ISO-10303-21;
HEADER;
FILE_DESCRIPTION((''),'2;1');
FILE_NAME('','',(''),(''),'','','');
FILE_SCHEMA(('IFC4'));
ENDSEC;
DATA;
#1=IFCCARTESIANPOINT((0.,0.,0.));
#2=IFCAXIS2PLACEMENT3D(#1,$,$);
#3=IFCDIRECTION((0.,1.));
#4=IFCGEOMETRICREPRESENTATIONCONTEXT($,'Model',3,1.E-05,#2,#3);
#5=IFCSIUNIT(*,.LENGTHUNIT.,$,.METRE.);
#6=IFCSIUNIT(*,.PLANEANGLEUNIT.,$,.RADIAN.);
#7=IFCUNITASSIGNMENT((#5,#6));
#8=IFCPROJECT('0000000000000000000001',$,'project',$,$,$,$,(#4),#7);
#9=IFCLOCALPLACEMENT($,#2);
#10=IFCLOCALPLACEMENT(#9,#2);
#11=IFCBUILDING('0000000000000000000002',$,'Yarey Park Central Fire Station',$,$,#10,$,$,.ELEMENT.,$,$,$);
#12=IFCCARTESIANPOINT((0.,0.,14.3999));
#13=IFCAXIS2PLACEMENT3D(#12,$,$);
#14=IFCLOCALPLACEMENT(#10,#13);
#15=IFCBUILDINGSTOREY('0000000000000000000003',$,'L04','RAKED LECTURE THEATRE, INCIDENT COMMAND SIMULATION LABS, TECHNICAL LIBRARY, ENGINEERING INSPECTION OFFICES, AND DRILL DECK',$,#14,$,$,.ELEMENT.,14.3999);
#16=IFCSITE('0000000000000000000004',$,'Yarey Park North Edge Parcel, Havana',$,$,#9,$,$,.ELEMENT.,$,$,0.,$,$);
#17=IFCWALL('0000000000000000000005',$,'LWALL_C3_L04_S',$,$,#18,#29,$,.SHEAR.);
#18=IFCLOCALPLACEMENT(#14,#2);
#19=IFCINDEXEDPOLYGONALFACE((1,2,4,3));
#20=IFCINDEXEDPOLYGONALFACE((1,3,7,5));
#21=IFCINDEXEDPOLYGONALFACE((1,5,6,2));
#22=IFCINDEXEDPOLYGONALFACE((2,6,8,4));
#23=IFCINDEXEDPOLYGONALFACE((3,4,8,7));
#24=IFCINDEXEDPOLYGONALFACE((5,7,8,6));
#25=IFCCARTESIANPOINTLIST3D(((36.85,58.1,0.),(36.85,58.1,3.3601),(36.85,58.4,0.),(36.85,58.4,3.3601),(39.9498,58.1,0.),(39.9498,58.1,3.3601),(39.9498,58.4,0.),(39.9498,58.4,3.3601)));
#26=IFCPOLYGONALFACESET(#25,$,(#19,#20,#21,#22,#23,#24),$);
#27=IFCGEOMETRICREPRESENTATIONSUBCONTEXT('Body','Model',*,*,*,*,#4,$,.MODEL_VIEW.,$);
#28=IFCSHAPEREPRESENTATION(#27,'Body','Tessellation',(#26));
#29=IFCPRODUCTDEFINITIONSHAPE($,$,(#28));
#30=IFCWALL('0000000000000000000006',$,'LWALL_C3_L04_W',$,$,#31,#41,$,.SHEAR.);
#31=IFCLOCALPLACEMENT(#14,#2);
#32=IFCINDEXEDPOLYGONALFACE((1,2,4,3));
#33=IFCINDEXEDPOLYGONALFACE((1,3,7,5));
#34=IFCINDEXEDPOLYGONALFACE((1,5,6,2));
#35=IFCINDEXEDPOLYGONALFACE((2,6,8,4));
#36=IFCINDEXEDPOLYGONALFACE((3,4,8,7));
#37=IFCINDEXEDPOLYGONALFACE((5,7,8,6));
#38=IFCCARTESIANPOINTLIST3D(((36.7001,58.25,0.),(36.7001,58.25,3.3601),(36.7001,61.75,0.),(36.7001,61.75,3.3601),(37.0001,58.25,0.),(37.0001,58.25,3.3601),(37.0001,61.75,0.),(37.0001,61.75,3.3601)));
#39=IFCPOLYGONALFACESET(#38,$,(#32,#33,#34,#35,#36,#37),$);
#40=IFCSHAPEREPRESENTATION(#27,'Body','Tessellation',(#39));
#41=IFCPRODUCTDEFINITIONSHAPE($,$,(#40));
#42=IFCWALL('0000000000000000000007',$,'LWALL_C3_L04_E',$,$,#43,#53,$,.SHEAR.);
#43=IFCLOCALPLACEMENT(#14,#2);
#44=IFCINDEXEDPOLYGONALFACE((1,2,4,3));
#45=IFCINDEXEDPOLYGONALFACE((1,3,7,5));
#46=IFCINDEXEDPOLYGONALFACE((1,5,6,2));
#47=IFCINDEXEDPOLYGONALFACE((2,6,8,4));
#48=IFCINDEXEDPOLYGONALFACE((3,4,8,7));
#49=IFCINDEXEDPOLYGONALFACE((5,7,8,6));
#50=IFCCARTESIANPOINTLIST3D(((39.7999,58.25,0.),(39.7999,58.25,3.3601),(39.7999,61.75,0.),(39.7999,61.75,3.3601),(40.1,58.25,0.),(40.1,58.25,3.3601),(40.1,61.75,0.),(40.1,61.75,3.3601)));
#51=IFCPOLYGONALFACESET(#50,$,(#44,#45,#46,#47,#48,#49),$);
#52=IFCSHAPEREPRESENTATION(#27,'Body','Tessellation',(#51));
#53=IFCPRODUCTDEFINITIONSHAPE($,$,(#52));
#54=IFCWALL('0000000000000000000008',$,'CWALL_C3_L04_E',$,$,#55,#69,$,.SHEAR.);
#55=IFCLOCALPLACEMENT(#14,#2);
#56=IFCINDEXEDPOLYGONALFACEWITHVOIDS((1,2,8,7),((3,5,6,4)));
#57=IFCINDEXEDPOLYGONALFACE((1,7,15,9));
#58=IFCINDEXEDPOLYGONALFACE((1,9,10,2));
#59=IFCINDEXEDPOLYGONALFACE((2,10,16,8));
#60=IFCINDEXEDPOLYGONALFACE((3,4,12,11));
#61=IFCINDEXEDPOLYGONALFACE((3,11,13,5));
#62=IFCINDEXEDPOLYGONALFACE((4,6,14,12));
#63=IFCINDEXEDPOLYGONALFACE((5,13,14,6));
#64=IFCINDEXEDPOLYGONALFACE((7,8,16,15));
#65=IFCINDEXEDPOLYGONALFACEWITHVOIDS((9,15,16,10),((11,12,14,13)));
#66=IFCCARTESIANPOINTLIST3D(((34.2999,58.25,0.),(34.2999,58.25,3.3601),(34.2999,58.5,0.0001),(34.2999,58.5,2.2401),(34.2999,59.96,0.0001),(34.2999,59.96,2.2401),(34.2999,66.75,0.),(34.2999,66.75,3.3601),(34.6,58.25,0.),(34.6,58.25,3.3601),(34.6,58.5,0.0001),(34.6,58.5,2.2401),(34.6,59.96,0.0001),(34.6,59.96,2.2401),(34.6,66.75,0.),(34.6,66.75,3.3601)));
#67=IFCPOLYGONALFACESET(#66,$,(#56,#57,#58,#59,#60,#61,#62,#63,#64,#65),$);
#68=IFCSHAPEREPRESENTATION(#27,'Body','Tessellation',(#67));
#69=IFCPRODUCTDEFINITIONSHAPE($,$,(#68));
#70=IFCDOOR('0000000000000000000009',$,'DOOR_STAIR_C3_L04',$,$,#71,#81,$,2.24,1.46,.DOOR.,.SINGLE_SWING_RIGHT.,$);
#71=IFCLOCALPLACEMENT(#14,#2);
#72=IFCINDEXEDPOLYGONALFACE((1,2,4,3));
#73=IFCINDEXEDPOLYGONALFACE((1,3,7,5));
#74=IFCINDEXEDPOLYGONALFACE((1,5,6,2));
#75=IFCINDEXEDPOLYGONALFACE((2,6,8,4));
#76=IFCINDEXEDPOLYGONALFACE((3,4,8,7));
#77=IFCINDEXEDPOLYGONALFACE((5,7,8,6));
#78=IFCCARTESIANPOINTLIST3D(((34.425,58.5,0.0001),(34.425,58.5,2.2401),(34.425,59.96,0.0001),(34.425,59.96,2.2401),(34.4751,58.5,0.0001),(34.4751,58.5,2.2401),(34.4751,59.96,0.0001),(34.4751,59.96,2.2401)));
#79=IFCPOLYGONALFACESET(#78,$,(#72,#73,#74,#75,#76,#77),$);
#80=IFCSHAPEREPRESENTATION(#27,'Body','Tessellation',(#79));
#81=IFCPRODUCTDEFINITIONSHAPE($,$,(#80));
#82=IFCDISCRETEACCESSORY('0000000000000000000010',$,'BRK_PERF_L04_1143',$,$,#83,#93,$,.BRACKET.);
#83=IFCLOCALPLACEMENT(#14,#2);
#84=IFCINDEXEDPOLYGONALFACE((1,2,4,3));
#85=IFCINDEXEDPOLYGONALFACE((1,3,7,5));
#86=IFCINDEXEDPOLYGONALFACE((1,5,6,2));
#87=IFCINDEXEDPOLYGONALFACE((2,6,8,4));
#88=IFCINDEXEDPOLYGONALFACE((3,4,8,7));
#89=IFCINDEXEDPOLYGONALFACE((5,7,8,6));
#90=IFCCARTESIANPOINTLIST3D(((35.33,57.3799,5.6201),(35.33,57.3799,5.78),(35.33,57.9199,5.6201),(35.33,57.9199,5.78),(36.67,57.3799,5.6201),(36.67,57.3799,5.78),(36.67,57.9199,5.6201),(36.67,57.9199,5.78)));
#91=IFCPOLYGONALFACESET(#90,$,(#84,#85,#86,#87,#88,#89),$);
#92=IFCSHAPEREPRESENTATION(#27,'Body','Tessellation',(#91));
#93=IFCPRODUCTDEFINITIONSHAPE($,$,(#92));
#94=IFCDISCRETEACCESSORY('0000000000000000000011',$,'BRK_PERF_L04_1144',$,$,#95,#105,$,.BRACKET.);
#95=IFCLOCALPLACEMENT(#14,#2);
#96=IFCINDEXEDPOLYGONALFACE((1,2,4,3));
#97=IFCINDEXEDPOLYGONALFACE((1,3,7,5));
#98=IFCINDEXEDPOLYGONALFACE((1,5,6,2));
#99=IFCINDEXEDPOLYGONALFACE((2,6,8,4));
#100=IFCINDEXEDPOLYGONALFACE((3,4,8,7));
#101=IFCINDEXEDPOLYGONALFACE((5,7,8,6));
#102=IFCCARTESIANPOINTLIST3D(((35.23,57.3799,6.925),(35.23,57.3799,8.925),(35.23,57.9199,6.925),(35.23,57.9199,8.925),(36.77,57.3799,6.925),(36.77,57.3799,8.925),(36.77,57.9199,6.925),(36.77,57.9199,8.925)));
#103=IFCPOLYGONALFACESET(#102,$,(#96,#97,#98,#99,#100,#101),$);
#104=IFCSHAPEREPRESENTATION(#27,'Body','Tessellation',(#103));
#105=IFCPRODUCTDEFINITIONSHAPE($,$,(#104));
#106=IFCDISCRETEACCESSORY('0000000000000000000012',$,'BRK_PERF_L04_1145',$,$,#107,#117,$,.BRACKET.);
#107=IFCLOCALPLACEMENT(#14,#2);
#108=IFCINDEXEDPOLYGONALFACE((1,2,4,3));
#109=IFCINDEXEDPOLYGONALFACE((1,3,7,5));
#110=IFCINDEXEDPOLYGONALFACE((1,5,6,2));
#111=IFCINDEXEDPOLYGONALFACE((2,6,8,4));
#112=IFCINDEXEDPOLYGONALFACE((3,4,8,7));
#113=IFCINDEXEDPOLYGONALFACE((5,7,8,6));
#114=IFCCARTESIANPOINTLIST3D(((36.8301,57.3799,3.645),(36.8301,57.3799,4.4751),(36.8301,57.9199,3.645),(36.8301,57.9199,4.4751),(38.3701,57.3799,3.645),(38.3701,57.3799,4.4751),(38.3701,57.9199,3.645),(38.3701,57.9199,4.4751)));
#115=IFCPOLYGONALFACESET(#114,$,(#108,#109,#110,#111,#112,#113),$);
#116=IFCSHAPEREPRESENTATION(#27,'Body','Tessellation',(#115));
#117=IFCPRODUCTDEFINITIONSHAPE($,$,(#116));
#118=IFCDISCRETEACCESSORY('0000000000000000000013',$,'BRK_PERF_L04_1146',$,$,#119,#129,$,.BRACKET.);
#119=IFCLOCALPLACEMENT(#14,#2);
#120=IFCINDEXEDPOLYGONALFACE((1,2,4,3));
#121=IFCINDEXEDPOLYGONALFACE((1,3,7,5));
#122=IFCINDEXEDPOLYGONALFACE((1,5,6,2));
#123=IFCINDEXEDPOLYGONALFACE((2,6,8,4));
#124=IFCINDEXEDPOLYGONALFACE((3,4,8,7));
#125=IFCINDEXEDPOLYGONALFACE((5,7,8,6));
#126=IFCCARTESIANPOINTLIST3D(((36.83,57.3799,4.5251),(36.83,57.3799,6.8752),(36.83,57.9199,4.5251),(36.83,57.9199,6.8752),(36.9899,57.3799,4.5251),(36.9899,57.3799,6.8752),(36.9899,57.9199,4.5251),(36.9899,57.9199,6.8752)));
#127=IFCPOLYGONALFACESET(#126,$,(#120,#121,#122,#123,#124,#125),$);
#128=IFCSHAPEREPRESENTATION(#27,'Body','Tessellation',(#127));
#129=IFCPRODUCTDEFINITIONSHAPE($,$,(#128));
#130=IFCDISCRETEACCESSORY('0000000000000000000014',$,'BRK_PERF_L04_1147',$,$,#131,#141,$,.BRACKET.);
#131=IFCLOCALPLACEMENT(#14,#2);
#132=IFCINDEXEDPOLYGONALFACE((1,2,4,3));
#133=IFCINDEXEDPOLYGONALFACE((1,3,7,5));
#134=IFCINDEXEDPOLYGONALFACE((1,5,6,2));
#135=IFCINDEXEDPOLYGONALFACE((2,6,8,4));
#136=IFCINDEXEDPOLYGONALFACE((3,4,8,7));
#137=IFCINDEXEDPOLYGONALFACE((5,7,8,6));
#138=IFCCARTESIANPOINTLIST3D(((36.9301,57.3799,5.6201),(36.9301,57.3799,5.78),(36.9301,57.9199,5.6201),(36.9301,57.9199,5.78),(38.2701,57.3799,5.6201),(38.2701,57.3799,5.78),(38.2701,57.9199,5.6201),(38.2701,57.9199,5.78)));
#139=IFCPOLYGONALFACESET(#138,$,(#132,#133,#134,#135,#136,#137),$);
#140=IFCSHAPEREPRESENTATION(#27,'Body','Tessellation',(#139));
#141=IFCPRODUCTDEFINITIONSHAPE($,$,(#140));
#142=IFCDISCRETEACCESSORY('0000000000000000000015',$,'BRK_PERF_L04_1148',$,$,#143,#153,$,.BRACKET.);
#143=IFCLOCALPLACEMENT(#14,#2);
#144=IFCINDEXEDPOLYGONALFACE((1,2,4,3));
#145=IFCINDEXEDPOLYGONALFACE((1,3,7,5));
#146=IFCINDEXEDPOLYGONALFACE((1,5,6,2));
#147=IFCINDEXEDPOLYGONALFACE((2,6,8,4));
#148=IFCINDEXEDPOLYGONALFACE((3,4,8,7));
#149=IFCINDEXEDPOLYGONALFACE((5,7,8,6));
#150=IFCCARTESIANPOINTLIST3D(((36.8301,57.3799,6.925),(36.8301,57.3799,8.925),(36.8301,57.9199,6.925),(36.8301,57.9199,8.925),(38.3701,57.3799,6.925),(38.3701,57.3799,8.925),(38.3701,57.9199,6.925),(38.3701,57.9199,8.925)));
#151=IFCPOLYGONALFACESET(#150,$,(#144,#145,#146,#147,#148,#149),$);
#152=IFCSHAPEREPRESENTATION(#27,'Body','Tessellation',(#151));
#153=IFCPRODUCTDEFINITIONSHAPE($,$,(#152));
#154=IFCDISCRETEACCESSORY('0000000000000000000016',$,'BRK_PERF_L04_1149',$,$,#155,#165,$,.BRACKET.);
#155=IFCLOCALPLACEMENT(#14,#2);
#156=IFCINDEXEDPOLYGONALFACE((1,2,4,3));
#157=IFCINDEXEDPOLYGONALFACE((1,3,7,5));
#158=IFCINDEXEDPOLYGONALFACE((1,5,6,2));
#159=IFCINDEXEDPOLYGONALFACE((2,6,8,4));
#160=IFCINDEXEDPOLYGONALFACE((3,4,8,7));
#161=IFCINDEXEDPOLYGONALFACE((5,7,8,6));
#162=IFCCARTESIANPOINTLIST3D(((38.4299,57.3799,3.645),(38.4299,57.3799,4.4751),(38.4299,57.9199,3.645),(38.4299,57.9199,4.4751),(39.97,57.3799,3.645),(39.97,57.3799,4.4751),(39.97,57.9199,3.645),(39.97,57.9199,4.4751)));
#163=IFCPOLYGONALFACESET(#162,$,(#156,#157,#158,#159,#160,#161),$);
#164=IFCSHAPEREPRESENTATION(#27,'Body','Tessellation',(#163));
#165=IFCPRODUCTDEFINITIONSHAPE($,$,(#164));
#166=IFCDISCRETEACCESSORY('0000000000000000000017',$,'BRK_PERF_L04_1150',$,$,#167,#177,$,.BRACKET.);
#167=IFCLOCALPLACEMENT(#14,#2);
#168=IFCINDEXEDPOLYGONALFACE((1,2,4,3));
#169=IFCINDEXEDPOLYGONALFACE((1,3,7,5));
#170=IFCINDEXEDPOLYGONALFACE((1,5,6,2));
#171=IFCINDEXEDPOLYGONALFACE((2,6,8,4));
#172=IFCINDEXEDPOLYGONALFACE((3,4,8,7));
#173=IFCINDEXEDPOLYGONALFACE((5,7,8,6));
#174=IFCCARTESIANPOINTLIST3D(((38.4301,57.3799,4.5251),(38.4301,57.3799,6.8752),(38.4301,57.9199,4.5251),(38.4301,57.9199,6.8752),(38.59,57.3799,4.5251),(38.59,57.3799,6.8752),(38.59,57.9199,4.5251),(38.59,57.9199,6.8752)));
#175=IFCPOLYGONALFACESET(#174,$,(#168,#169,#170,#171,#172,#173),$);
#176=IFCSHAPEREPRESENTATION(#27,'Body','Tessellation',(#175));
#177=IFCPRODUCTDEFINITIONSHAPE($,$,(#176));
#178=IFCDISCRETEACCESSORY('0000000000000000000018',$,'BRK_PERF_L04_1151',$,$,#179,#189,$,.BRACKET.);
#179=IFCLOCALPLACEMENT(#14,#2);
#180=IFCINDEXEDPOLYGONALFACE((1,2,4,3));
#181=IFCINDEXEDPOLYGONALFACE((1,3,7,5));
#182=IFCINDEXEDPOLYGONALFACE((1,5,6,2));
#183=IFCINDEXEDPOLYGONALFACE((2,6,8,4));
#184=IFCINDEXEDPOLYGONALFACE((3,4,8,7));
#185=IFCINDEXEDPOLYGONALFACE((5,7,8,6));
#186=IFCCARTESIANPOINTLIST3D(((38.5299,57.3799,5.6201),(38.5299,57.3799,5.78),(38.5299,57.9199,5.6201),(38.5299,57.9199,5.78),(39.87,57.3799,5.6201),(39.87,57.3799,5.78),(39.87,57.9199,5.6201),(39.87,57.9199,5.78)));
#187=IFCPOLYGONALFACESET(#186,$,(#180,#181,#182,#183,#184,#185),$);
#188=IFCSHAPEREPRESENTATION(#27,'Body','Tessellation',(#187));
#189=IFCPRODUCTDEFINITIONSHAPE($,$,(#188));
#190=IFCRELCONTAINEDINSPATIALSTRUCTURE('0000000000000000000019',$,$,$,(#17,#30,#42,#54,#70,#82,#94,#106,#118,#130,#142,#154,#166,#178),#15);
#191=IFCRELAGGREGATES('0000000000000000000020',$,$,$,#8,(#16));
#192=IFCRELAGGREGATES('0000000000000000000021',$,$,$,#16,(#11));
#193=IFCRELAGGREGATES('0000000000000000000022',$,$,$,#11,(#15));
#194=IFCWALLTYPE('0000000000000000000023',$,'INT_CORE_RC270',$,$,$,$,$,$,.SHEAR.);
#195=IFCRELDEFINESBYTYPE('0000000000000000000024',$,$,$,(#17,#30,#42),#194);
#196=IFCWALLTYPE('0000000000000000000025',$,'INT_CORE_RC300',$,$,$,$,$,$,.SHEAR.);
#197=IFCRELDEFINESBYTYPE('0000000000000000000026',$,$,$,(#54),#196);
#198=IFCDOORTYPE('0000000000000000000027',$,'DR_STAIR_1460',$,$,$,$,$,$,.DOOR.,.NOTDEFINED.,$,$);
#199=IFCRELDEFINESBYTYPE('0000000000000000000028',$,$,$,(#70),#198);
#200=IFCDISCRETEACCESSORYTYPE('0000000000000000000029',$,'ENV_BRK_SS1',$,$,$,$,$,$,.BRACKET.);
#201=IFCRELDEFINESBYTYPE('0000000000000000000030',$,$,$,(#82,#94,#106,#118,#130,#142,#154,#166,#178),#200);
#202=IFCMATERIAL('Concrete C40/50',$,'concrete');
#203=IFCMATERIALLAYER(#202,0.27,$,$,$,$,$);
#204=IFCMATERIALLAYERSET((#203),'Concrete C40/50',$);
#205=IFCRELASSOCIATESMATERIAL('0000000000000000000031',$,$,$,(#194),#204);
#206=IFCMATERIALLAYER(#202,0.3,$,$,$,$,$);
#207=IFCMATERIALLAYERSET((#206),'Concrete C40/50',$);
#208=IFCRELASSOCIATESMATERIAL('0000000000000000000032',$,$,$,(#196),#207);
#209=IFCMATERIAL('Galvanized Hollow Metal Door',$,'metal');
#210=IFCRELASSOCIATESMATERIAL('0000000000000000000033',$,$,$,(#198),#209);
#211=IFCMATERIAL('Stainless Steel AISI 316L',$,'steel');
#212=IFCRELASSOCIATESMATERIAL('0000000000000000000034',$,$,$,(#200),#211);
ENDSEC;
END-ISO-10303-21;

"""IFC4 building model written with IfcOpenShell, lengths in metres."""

from ifc_helpers import new_model, si_unit, direction, frame, frame_2d, origin, origin_2d, place, context, subcontext, project, spatial, rectangle, extrude, material, layer, layer_set, type_object, element, fill, save


model = new_model("IFC4")

# Units and contexts
model_context = context("Model", 3, precision=1e-05, world=origin(), true_north=direction((0.0, 1.0)))
body_context = subcontext(model_context, "Body", "Model", "MODEL_VIEW")
ifc_project = project(units=[si_unit("LENGTHUNIT", "METRE"), si_unit("PLANEANGLEUNIT", "RADIAN")], contexts=[model_context])

# Site, building, storey
site_placement = place(None, origin())
site = spatial("IfcSite", under=ifc_project, at=site_placement, Name="Yarey Park North Edge Parcel, Havana", CompositionType="ELEMENT", RefElevation=0.0)
building_placement = place(site_placement, origin())
building = spatial("IfcBuilding", under=site, at=building_placement, Name="Yarey Park Central Fire Station", CompositionType="ELEMENT")
storey_placement = place(building_placement, frame((0.0, 0.0, 14.3999)))
storey = spatial("IfcBuildingStorey", under=building, at=storey_placement, Name="L04", Description="RAKED LECTURE THEATRE, INCIDENT COMMAND SIMULATION LABS, TECHNICAL LIBRARY, ENGINEERING INSPECTION OFFICES, AND DRILL DECK", CompositionType="ELEMENT", Elevation=14.3999)

# Walls
ifc_material_1 = material(Name="Concrete C40/50", Category="concrete")
ifc_layer_1 = layer(ifc_material_1, 0.27)
ifc_layer_set_1 = layer_set([ifc_layer_1], Name="Concrete C40/50")
wall_type_1 = type_object("IfcWallType", Name="INT_CORE_RC270", PredefinedType="SHEAR", material=ifc_layer_set_1)
wall_1_placement = place(storey_placement, frame((36.8501, 58.25, 0.0), z_axis=(0.0, 0.0, 1.0), x_axis=(1.0, 0.0, 0.0)))
element("IfcWall", 1, at=wall_1_placement, inside=storey, type_object=wall_type_1, Name="LWALL_C3_L04_S", PredefinedType="SHEAR", context=body_context, shape_type="SweptSolid", body=[
    extrude(rectangle(XDim=3.0999, YDim=0.3, at=frame_2d((1.5498, 0.0))), origin(), (0.0, 0.0, 1.0), 3.3601),
])
for number, where, z_axis, x_axis, name in (
    (2, (36.8501, 61.75, 0.0), (0.0, 0.0, 1.0), (0.0, -1.0, 0.0), "LWALL_C3_L04_W"),
    (3, (39.95, 58.25, 0.0), (0.0, 0.0, 1.0), (0.0, 1.0, 0.0), "LWALL_C3_L04_E"),
):
    element("IfcWall", number, at=place(storey_placement, frame(where, z_axis=z_axis, x_axis=x_axis)), inside=storey, type_object=wall_type_1, Name=name, PredefinedType="SHEAR", context=body_context, shape_type="SweptSolid", body=[
        extrude(rectangle(XDim=3.5, YDim=0.3, at=frame_2d((1.75, 0.0))), origin(), (0.0, 0.0, 1.0), 3.3601),
    ])

# Wall, opening, door
ifc_layer_2 = layer(ifc_material_1, 0.3)
ifc_layer_set_2 = layer_set([ifc_layer_2], Name="Concrete C40/50")
wall_type_2 = type_object("IfcWallType", Name="INT_CORE_RC300", PredefinedType="SHEAR", material=ifc_layer_set_2)
wall_2_placement = place(storey_placement, frame((34.45, 58.25, 0.0), z_axis=(0.0, 0.0, 1.0), x_axis=(0.0, 1.0, 0.0)))
wall_2 = element("IfcWall", 4, at=wall_2_placement, inside=storey, type_object=wall_type_2, Name="CWALL_C3_L04_E", PredefinedType="SHEAR", context=body_context, shape_type="SweptSolid", body=[
    extrude(rectangle(XDim=8.5, YDim=0.3, at=frame_2d((4.25, 0.0))), origin(), (0.0, 0.0, 1.0), 3.3601),
])
opening_placement = place(wall_2_placement, frame((0.25, 0.0, 0.0)))
opening = element("IfcOpeningElement", 5, at=opening_placement, cuts=wall_2, PredefinedType="OPENING", context=body_context, shape_type="SweptSolid", body=[
    extrude(rectangle(XDim=1.46, YDim=2.24, at=frame_2d((0.73, 1.1201))), frame((0.0, 0.1599, 0.0), z_axis=(0.0, -1.0, 0.0), x_axis=(1.0, 0.0, 0.0)), (0.0, 0.0, 1.0), 0.3201),
])
ifc_material_2 = material(Name="Galvanized Hollow Metal Door", Category="metal")
door_type = type_object("IfcDoorType", Name="DR_STAIR_1460", OperationType="NOTDEFINED", PredefinedType="DOOR", material=ifc_material_2)
door_placement = place(opening_placement, origin())
door = element("IfcDoor", 6, at=door_placement, inside=storey, type_object=door_type, Name="DOOR_STAIR_C3_L04", OperationType="SINGLE_SWING_RIGHT", OverallHeight=2.24, OverallWidth=1.46, PredefinedType="DOOR", context=body_context, shape_type="SweptSolid", body=[
    extrude(rectangle(XDim=1.46, YDim=2.24, at=frame_2d((0.73, 1.1201))), frame((0.0, 0.0249, 0.0), z_axis=(0.0, -1.0, 0.0), x_axis=(1.0, 0.0, 0.0)), (0.0, 0.0, 1.0), 0.05),
])
fill(opening, door)

# Discrete accessories
ifc_material_3 = material(Name="Stainless Steel AISI 316L", Category="steel")
discrete_accessory_type = type_object("IfcDiscreteAccessoryType", Name="ENV_BRK_SS1", PredefinedType="BRACKET", material=ifc_material_3)
discrete_accessory_1_placement = place(storey_placement, frame((36.0, 57.6499, 5.6201), z_axis=(0.0, 0.0, 1.0), x_axis=(1.0, 0.0, 0.0)))
element("IfcDiscreteAccessory", 7, at=discrete_accessory_1_placement, inside=storey, type_object=discrete_accessory_type, Name="BRK_PERF_L04_1143", PredefinedType="BRACKET", context=body_context, shape_type="SweptSolid", body=[
    extrude(rectangle(XDim=1.3401, YDim=0.54, at=origin_2d()), origin(), (0.0, 0.0, 1.0), 0.1599),
])
discrete_accessory_2_placement = place(storey_placement, frame((36.0, 57.6499, 6.925), z_axis=(0.0, 0.0, 1.0), x_axis=(1.0, 0.0, 0.0)))
element("IfcDiscreteAccessory", 8, at=discrete_accessory_2_placement, inside=storey, type_object=discrete_accessory_type, Name="BRK_PERF_L04_1144", PredefinedType="BRACKET", context=body_context, shape_type="SweptSolid", body=[
    extrude(rectangle(XDim=1.54, YDim=0.54, at=origin_2d()), origin(), (0.0, 0.0, 1.0), 2.0),
])
discrete_accessory_3_placement = place(storey_placement, frame((37.6001, 57.6499, 3.645), z_axis=(0.0, 0.0, 1.0), x_axis=(1.0, 0.0, 0.0)))
element("IfcDiscreteAccessory", 9, at=discrete_accessory_3_placement, inside=storey, type_object=discrete_accessory_type, Name="BRK_PERF_L04_1145", PredefinedType="BRACKET", context=body_context, shape_type="SweptSolid", body=[
    extrude(rectangle(XDim=1.54, YDim=0.54, at=origin_2d()), origin(), (0.0, 0.0, 1.0), 0.8301),
])
discrete_accessory_4_placement = place(storey_placement, frame((36.9099, 57.6499, 4.5251), z_axis=(0.0, 0.0, 1.0), x_axis=(1.0, 0.0, 0.0)))
element("IfcDiscreteAccessory", 10, at=discrete_accessory_4_placement, inside=storey, type_object=discrete_accessory_type, Name="BRK_PERF_L04_1146", PredefinedType="BRACKET", context=body_context, shape_type="SweptSolid", body=[
    extrude(rectangle(XDim=0.1599, YDim=0.54, at=origin_2d()), origin(), (0.0, 0.0, 1.0), 2.3501),
])
discrete_accessory_5_placement = place(storey_placement, frame((37.6001, 57.6499, 5.6201), z_axis=(0.0, 0.0, 1.0), x_axis=(1.0, 0.0, 0.0)))
element("IfcDiscreteAccessory", 11, at=discrete_accessory_5_placement, inside=storey, type_object=discrete_accessory_type, Name="BRK_PERF_L04_1147", PredefinedType="BRACKET", context=body_context, shape_type="SweptSolid", body=[
    extrude(rectangle(XDim=1.3401, YDim=0.54, at=origin_2d()), origin(), (0.0, 0.0, 1.0), 0.1599),
])
discrete_accessory_6_placement = place(storey_placement, frame((37.6001, 57.6499, 6.925), z_axis=(0.0, 0.0, 1.0), x_axis=(1.0, 0.0, 0.0)))
element("IfcDiscreteAccessory", 12, at=discrete_accessory_6_placement, inside=storey, type_object=discrete_accessory_type, Name="BRK_PERF_L04_1148", PredefinedType="BRACKET", context=body_context, shape_type="SweptSolid", body=[
    extrude(rectangle(XDim=1.54, YDim=0.54, at=origin_2d()), origin(), (0.0, 0.0, 1.0), 2.0),
])
discrete_accessory_7_placement = place(storey_placement, frame((39.2, 57.6499, 3.645), z_axis=(0.0, 0.0, 1.0), x_axis=(1.0, 0.0, 0.0)))
element("IfcDiscreteAccessory", 13, at=discrete_accessory_7_placement, inside=storey, type_object=discrete_accessory_type, Name="BRK_PERF_L04_1149", PredefinedType="BRACKET", context=body_context, shape_type="SweptSolid", body=[
    extrude(rectangle(XDim=1.54, YDim=0.54, at=origin_2d()), origin(), (0.0, 0.0, 1.0), 0.8301),
])
discrete_accessory_8_placement = place(storey_placement, frame((38.51, 57.6499, 4.5251), z_axis=(0.0, 0.0, 1.0), x_axis=(1.0, 0.0, 0.0)))
element("IfcDiscreteAccessory", 14, at=discrete_accessory_8_placement, inside=storey, type_object=discrete_accessory_type, Name="BRK_PERF_L04_1150", PredefinedType="BRACKET", context=body_context, shape_type="SweptSolid", body=[
    extrude(rectangle(XDim=0.1599, YDim=0.54, at=origin_2d()), origin(), (0.0, 0.0, 1.0), 2.3501),
])
discrete_accessory_9_placement = place(storey_placement, frame((39.2, 57.6499, 5.6201), z_axis=(0.0, 0.0, 1.0), x_axis=(1.0, 0.0, 0.0)))
element("IfcDiscreteAccessory", 15, at=discrete_accessory_9_placement, inside=storey, type_object=discrete_accessory_type, Name="BRK_PERF_L04_1151", PredefinedType="BRACKET", context=body_context, shape_type="SweptSolid", body=[
    extrude(rectangle(XDim=1.3401, YDim=0.54, at=origin_2d()), origin(), (0.0, 0.0, 1.0), 0.1599),
])

save(model, "model.ifc")
